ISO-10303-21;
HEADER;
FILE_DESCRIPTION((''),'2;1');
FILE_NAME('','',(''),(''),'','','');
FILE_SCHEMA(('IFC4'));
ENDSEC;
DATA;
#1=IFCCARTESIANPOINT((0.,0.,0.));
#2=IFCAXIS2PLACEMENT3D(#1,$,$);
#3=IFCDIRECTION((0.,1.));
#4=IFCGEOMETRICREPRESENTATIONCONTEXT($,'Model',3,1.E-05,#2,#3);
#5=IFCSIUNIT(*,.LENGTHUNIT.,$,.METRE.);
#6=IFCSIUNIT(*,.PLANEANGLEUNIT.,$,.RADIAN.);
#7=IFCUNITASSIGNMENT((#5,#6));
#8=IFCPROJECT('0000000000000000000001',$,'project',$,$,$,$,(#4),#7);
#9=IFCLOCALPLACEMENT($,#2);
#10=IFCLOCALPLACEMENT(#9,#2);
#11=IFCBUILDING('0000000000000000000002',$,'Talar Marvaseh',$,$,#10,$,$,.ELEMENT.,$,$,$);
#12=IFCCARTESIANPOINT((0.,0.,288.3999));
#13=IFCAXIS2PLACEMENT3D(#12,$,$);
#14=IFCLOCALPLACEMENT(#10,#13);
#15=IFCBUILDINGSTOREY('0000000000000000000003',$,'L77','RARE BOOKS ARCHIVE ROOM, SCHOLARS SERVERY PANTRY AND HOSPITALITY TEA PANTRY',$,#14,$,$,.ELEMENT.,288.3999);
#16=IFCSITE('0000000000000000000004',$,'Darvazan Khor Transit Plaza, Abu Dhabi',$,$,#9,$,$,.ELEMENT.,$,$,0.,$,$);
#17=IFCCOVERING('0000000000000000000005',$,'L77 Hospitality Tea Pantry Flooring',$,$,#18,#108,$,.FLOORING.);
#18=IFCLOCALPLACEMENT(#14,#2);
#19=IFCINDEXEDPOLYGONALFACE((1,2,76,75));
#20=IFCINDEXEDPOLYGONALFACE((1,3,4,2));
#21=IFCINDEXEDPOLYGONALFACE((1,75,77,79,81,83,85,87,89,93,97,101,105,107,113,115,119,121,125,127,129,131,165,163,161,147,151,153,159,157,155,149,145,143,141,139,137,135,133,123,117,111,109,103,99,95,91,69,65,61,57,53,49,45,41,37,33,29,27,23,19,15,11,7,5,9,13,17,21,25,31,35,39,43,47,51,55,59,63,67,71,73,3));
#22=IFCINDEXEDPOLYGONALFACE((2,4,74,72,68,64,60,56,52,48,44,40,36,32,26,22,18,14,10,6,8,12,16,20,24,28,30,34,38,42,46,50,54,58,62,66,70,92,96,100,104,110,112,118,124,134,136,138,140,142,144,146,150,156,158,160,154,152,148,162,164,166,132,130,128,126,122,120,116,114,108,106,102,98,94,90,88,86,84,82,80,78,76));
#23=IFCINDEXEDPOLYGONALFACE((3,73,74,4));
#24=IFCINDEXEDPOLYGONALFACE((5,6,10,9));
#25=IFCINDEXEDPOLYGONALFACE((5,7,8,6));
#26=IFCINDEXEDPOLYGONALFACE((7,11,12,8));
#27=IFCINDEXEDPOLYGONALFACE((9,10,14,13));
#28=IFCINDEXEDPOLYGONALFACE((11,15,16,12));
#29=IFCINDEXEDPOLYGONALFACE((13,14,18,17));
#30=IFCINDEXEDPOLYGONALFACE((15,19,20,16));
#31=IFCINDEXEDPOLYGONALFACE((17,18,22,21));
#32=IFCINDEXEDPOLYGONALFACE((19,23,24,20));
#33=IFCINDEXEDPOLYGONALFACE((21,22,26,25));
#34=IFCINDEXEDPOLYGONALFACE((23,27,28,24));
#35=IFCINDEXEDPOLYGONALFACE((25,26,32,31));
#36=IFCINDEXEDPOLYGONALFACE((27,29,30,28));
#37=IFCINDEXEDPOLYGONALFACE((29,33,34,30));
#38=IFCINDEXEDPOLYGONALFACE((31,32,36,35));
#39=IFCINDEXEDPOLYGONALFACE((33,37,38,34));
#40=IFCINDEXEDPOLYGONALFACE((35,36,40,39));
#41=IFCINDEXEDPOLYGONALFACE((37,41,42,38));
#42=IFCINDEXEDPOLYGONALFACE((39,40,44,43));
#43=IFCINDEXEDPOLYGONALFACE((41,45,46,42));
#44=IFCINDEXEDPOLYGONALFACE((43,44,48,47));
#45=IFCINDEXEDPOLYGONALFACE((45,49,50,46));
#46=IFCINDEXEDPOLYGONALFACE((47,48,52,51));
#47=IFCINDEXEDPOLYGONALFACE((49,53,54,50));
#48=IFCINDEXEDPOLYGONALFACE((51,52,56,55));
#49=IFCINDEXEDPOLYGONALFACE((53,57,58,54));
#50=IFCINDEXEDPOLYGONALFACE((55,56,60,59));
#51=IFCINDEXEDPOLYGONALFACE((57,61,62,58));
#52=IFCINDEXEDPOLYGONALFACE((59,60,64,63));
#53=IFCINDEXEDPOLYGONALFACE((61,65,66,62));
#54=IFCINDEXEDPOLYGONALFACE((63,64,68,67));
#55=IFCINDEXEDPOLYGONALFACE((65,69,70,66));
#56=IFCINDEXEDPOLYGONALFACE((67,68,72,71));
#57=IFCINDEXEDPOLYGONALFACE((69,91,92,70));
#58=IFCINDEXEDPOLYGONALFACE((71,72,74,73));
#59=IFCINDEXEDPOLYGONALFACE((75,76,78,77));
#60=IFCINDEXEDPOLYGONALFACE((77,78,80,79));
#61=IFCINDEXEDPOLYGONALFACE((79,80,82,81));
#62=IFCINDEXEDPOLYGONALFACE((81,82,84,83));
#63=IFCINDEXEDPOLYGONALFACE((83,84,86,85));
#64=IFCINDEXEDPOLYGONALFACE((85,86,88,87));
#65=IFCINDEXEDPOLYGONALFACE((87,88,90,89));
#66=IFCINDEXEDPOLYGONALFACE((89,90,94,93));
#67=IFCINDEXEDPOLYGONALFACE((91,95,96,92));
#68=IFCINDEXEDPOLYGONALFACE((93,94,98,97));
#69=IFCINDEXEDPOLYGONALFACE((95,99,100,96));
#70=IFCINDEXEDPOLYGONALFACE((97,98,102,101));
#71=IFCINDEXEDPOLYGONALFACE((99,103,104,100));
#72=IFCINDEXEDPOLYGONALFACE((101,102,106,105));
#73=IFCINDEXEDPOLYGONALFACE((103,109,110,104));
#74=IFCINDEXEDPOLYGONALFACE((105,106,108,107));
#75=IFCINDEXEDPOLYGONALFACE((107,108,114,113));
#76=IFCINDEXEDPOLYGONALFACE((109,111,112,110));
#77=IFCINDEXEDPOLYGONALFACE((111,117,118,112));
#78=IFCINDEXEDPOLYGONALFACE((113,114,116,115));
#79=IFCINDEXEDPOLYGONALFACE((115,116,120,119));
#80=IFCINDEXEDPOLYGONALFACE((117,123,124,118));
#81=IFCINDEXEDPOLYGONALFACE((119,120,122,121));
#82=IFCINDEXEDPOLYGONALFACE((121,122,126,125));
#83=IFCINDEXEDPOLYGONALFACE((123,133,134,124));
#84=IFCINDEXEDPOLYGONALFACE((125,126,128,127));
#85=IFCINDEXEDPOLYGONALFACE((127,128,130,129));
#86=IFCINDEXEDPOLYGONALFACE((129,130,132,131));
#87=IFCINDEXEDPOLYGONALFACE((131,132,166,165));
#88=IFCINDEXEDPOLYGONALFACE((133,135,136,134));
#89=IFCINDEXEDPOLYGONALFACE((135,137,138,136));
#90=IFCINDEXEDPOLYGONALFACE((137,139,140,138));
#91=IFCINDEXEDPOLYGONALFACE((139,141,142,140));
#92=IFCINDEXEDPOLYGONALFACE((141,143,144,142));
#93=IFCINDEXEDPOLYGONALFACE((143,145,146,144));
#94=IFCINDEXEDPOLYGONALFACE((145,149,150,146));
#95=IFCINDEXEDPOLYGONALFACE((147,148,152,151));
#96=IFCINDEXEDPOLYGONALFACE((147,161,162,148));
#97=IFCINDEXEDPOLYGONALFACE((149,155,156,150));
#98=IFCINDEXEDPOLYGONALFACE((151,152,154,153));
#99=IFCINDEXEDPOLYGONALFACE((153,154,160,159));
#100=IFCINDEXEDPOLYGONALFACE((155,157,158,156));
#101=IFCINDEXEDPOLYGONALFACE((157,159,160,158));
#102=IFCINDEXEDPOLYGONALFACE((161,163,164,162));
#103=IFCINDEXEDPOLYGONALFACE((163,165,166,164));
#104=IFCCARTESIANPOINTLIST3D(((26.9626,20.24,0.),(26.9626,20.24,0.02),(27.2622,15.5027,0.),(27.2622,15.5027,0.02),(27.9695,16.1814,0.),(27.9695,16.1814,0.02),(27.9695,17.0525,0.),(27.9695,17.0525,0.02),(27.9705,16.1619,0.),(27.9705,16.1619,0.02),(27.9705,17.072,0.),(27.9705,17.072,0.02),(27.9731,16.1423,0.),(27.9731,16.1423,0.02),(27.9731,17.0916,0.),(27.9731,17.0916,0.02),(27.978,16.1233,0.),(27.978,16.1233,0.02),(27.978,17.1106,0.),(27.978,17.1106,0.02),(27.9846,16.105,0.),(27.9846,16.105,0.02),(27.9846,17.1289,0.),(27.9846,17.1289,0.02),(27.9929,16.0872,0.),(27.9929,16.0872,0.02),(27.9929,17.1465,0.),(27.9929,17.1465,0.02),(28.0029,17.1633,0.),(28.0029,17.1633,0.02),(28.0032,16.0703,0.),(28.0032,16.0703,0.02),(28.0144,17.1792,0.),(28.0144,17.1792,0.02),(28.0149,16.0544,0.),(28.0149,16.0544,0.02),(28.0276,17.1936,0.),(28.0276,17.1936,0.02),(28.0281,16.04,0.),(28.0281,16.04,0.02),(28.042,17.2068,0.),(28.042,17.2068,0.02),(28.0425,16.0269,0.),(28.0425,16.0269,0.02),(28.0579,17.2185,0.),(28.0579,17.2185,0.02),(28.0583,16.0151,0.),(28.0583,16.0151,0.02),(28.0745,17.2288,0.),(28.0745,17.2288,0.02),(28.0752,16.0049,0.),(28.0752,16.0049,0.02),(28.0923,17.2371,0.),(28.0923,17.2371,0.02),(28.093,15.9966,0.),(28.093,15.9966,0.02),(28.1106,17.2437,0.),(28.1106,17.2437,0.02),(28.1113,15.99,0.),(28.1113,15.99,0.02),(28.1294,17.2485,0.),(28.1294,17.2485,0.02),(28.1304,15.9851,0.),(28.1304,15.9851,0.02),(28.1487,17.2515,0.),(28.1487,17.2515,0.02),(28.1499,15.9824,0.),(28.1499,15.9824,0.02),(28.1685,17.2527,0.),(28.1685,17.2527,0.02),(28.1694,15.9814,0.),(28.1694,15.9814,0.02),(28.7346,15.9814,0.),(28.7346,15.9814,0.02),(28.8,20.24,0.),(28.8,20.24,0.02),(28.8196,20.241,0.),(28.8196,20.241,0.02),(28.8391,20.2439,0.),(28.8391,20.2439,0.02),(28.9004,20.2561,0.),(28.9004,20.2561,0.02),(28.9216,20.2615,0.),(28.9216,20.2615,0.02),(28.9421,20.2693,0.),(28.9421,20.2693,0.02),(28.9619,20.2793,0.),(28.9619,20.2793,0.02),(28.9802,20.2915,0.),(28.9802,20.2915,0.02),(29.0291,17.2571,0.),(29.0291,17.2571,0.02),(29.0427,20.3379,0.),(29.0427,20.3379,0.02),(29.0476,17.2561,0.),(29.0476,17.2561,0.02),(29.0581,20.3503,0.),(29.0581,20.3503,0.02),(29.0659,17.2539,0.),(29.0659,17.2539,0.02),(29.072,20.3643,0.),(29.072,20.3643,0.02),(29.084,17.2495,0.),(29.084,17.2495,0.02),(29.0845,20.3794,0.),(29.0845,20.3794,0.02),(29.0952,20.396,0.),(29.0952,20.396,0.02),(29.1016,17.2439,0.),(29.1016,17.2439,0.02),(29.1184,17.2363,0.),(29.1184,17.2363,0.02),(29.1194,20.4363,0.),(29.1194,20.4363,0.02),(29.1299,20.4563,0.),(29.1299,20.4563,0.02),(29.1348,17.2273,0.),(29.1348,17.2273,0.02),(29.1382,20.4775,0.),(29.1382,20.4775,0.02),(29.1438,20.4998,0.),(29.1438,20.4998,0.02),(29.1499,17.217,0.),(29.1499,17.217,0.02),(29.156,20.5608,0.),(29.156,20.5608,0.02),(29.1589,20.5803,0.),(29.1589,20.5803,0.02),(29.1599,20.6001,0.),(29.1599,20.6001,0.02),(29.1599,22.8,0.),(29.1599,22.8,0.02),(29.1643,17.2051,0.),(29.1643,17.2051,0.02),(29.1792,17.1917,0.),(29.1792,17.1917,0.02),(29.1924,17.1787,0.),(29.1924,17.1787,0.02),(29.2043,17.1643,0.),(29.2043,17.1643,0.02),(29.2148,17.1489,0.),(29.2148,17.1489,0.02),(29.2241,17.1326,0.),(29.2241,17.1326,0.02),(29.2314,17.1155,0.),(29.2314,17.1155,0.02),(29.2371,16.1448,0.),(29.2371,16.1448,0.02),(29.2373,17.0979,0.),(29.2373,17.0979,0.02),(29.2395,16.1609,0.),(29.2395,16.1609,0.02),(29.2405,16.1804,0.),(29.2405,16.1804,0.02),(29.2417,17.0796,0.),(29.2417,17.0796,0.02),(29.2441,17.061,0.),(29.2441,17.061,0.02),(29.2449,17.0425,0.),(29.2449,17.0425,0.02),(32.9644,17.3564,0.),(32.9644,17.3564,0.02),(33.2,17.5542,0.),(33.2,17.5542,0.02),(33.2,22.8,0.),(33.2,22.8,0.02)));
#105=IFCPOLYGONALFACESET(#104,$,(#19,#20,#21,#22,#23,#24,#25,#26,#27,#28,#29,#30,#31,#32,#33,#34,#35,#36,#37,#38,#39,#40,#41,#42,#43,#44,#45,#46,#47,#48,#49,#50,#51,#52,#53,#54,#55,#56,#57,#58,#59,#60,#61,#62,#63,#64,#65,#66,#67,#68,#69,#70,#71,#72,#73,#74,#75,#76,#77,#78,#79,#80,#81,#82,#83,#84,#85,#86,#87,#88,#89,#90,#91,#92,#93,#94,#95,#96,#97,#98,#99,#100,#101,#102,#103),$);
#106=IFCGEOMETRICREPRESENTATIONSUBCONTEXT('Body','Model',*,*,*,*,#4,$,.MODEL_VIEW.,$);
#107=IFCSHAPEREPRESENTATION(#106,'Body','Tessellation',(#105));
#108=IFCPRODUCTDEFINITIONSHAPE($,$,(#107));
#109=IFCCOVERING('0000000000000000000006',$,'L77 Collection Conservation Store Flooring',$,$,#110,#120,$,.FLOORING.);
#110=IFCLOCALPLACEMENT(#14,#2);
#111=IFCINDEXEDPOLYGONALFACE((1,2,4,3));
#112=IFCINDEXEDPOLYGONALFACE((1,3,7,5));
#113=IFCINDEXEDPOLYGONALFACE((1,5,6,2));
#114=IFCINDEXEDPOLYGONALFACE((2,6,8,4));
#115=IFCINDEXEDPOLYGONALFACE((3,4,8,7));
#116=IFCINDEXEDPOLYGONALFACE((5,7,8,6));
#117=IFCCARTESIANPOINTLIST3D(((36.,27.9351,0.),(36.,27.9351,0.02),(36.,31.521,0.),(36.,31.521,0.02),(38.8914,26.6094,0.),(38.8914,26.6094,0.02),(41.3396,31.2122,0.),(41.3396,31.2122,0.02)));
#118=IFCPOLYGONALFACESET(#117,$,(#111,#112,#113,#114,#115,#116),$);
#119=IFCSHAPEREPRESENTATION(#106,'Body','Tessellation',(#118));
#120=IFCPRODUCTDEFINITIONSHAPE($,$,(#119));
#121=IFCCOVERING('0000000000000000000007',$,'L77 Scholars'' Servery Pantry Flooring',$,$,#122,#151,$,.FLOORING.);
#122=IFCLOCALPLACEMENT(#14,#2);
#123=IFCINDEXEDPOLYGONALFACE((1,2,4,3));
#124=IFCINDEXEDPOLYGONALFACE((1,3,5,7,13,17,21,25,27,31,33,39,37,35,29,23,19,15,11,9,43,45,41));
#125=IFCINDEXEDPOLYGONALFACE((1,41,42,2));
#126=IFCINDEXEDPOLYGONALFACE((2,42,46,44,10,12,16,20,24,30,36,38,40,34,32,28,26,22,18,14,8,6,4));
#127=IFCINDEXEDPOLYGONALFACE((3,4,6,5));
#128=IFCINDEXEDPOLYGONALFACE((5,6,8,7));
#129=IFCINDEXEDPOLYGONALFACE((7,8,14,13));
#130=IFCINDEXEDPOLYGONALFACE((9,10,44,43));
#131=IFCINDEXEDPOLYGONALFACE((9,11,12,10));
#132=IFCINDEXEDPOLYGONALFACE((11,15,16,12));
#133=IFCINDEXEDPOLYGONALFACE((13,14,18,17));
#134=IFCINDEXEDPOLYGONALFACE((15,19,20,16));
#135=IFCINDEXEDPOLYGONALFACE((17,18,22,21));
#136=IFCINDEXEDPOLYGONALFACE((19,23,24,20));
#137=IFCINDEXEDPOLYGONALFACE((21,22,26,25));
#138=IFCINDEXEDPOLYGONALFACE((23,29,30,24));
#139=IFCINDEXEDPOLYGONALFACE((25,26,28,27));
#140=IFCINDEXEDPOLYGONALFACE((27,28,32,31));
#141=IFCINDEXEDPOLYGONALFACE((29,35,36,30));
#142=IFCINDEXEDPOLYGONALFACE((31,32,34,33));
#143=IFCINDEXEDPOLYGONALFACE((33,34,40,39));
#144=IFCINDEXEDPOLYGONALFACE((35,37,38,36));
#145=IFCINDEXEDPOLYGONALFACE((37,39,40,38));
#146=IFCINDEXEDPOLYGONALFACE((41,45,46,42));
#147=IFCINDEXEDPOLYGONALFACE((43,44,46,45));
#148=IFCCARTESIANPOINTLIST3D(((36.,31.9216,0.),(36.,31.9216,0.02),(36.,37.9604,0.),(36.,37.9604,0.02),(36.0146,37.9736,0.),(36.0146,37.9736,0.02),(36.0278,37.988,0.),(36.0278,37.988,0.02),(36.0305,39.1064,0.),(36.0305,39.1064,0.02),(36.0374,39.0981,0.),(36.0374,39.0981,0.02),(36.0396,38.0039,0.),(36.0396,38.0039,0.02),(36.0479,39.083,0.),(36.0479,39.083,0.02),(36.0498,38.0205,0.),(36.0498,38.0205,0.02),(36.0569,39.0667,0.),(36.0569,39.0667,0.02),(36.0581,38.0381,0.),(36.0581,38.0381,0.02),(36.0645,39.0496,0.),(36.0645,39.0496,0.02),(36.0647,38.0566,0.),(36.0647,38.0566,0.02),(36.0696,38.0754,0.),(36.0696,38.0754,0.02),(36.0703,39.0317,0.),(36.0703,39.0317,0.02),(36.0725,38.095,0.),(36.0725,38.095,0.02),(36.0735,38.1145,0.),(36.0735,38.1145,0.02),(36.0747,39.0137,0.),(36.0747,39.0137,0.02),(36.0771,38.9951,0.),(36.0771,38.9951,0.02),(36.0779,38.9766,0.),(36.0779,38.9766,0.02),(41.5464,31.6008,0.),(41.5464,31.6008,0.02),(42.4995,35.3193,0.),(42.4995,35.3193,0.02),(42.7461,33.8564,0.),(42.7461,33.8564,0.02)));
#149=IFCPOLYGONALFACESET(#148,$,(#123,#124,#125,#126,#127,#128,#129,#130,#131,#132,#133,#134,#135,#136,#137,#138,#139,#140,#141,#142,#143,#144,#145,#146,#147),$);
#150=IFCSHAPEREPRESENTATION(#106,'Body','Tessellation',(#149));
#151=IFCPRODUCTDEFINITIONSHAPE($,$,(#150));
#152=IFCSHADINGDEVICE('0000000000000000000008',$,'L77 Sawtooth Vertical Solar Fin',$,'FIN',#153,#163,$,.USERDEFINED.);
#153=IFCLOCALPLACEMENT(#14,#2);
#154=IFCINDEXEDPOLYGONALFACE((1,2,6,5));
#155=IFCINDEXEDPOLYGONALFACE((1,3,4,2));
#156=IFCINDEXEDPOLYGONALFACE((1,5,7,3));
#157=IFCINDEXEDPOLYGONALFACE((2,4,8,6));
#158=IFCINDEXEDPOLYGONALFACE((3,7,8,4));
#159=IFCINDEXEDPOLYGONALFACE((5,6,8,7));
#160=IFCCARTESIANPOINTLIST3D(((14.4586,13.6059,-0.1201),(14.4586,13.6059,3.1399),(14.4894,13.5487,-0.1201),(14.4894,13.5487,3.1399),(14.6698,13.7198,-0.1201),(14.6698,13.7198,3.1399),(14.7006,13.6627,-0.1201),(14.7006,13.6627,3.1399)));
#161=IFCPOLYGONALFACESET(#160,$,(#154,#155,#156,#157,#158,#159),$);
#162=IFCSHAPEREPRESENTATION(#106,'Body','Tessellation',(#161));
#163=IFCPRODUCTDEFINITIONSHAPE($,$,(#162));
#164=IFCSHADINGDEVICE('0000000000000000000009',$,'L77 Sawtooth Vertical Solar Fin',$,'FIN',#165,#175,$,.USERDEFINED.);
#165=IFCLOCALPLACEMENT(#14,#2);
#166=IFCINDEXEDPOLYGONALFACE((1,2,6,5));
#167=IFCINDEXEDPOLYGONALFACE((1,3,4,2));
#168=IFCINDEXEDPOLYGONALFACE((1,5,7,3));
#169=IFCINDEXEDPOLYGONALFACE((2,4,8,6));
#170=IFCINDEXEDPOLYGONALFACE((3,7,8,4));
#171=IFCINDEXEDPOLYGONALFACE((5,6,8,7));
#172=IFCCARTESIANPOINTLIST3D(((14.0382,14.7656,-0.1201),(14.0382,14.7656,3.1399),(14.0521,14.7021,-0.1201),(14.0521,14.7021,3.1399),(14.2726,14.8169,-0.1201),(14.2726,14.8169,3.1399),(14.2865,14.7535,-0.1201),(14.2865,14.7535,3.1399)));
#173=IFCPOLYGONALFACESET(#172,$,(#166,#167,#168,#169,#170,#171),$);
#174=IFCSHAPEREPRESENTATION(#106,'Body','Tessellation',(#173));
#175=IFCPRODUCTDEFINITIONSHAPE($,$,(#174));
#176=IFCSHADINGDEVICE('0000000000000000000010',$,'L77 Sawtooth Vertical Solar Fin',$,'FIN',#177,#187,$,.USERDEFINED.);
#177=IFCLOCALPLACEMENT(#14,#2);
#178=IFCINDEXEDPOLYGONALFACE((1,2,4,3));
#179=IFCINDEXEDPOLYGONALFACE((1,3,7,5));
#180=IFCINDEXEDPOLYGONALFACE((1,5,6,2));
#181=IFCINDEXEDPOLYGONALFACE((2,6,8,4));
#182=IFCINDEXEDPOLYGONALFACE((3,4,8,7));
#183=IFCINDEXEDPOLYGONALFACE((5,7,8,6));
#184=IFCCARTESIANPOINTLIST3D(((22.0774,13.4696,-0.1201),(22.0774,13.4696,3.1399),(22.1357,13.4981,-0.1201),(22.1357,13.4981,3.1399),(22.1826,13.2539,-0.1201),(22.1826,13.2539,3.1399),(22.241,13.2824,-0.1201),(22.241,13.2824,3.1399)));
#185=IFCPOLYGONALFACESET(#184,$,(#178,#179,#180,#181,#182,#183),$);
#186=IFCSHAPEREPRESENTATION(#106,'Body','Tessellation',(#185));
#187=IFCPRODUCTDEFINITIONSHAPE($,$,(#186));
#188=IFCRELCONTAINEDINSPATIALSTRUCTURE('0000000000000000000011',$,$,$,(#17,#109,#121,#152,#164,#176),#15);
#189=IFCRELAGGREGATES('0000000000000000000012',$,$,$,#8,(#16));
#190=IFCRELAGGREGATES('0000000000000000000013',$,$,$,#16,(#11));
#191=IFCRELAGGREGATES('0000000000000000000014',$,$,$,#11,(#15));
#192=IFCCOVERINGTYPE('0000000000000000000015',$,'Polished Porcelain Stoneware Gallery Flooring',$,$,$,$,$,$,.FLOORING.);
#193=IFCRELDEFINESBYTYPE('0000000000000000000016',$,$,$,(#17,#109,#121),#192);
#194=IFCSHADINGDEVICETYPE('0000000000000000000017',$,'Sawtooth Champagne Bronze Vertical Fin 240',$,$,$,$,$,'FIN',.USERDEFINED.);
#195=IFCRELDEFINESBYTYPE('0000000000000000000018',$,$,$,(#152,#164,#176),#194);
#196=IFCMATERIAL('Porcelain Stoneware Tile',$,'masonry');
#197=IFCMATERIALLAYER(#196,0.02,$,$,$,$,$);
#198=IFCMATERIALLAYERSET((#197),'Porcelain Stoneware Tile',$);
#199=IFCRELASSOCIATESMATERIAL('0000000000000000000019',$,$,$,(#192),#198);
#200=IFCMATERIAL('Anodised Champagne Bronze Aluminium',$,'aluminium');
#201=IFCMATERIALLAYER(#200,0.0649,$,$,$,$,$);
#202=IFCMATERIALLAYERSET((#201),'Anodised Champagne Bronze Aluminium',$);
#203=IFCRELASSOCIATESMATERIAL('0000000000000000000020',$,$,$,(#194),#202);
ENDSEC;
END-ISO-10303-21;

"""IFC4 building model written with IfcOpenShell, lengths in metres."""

from ifc_helpers import new_model, si_unit, direction, frame, origin, origin_2d, place, context, subcontext, project, spatial, polyline, rectangle, outline, extrude, source, transform, mapped, material, layer, layer_set, type_object, type_shapes, element, save


model = new_model("IFC4")

# Units and contexts
model_context = context("Model", 3, precision=1e-05, world=origin(), true_north=direction((0.0, 1.0)))
body_context = subcontext(model_context, "Body", "Model", "MODEL_VIEW")
ifc_project = project(units=[si_unit("LENGTHUNIT", "METRE"), si_unit("PLANEANGLEUNIT", "RADIAN")], contexts=[model_context])

# Site, building, storey
site_placement = place(None, origin())
site = spatial("IfcSite", under=ifc_project, at=site_placement, Name="Darvazan Khor Transit Plaza, Abu Dhabi", CompositionType="ELEMENT", RefElevation=0.0)
building_placement = place(site_placement, origin())
building = spatial("IfcBuilding", under=site, at=building_placement, Name="Talar Marvaseh", CompositionType="ELEMENT")
storey_placement = place(building_placement, frame((0.0, 0.0, 288.3999)))
storey = spatial("IfcBuildingStorey", under=building, at=storey_placement, Name="L77", Description="RARE BOOKS ARCHIVE ROOM, SCHOLARS SERVERY PANTRY AND HOSPITALITY TEA PANTRY", CompositionType="ELEMENT", Elevation=288.3999)

# Coverings
ifc_material_1 = material(Name="Porcelain Stoneware Tile", Category="masonry")
ifc_layer_1 = layer(ifc_material_1, 0.02)
ifc_layer_set_1 = layer_set([ifc_layer_1], Name="Porcelain Stoneware Tile")
covering_type_1 = type_object("IfcCoveringType", Name="Polished Porcelain Stoneware Gallery Flooring", PredefinedType="FLOORING", material=ifc_layer_set_1)
covering_1_placement = place(storey_placement, origin())
element("IfcCovering", 1, at=covering_1_placement, inside=storey, type_object=covering_type_1, Name="L77 Hospitality Tea Pantry Flooring", PredefinedType="FLOORING", context=body_context, shape_type="SweptSolid", body=[
    extrude(outline(polyline([(26.9626, 20.24), (28.8, 20.24), (28.8196, 20.241), (28.8391, 20.2439), (28.9004, 20.2561), (28.9216, 20.2615), (28.9421, 20.2693), (28.9619, 20.2793), (28.9802, 20.2915), (29.0427, 20.3379), (29.0581, 20.3503), (29.072, 20.3643), (29.0845, 20.3794), (29.0952, 20.396), (29.1194, 20.4363), (29.1299, 20.4563), (29.1382, 20.4775), (29.1438, 20.4998), (29.156, 20.5608), (29.1589, 20.5803), (29.1599, 20.6001), (29.1599, 22.8), (33.2, 22.8), (33.2, 17.5542), (32.9644, 17.3564), (29.2371, 16.1448), (29.2395, 16.1609), (29.2405, 16.1804), (29.2449, 17.0425), (29.2441, 17.061), (29.2417, 17.0796), (29.2373, 17.0979), (29.2314, 17.1155), (29.2241, 17.1326), (29.2148, 17.1489), (29.2043, 17.1643), (29.1924, 17.1787), (29.1792, 17.1917), (29.1643, 17.2051), (29.1499, 17.217), (29.1348, 17.2273), (29.1184, 17.2363), (29.1016, 17.2439), (29.084, 17.2495), (29.0659, 17.2539), (29.0476, 17.2561), (29.0291, 17.2571), (28.1685, 17.2527), (28.1487, 17.2515), (28.1294, 17.2485), (28.1106, 17.2437), (28.0923, 17.2371), (28.0745, 17.2288), (28.0579, 17.2185), (28.042, 17.2068), (28.0276, 17.1936), (28.0144, 17.1792), (28.0029, 17.1633), (27.9929, 17.1465), (27.9846, 17.1289), (27.978, 17.1106), (27.9731, 17.0916), (27.9705, 17.072), (27.9695, 17.0525), (27.9695, 16.1814), (27.9705, 16.1619), (27.9731, 16.1423), (27.978, 16.1233), (27.9846, 16.105), (27.9929, 16.0872), (28.0032, 16.0703), (28.0149, 16.0544), (28.0281, 16.04), (28.0425, 16.0269), (28.0583, 16.0151), (28.0752, 16.0049), (28.093, 15.9966), (28.1113, 15.99), (28.1304, 15.9851), (28.1499, 15.9824), (28.1694, 15.9814), (28.7346, 15.9814), (27.2622, 15.5027), (26.9626, 20.24)])), origin(), (0.0, 0.0, 1.0), 0.02),
])
covering_2_placement = place(storey_placement, origin())
element("IfcCovering", 2, at=covering_2_placement, inside=storey, type_object=covering_type_1, Name="L77 Collection Conservation Store Flooring", PredefinedType="FLOORING", context=body_context, shape_type="SweptSolid", body=[
    extrude(outline(polyline([(38.8914, 26.6094), (36.0, 27.9351), (36.0, 31.521), (41.3396, 31.2122), (38.8914, 26.6094)])), origin(), (0.0, 0.0, 1.0), 0.02),
])
covering_3_placement = place(storey_placement, origin())
element("IfcCovering", 3, at=covering_3_placement, inside=storey, type_object=covering_type_1, Name="L77 Scholars' Servery Pantry Flooring", PredefinedType="FLOORING", context=body_context, shape_type="SweptSolid", body=[
    extrude(outline(polyline([(36.0146, 37.9736), (36.0278, 37.988), (36.0396, 38.0039), (36.0498, 38.0205), (36.0581, 38.0381), (36.0647, 38.0566), (36.0696, 38.0754), (36.0725, 38.095), (36.0735, 38.1145), (36.0779, 38.9766), (36.0771, 38.9951), (36.0747, 39.0137), (36.0703, 39.0317), (36.0645, 39.0496), (36.0569, 39.0667), (36.0479, 39.083), (36.0374, 39.0981), (36.0305, 39.1064), (42.4995, 35.3193), (42.7461, 33.8564), (41.5464, 31.6008), (36.0, 31.9216), (36.0, 37.9604), (36.0, 37.9604), (36.0146, 37.9736)])), origin(), (0.0, 0.0, 1.0), 0.02),
])

# Shading devices
ifc_material_2 = material(Name="Anodised Champagne Bronze Aluminium", Category="aluminium")
ifc_layer_2 = layer(ifc_material_2, 0.0649)
ifc_layer_set_2 = layer_set([ifc_layer_2], Name="Anodised Champagne Bronze Aluminium")
shading_device_type_1 = type_object("IfcShadingDeviceType", Name="Sawtooth Champagne Bronze Vertical Fin 240", ElementType="FIN", PredefinedType="USERDEFINED", material=ifc_layer_set_2)
shared_shape_1 = source(origin(), body_context, "Body", "SweptSolid", [
    extrude(rectangle(XDim=0.24, YDim=0.0649, at=origin_2d()), origin(), (0.0, 0.0, 1.0), 3.26),
])
type_shapes(shading_device_type_1, [shared_shape_1])
for number, where, z_axis, x_axis, name in (
    (4, (14.5796, 13.6343, -0.1201), (0.0, 0.0, 1.0), (-0.880063, -0.474856, 0.0), "L77 Sawtooth Vertical Solar Fin"),
    (5, (14.1624, 14.7595, -0.1201), (0.0, 0.0, 1.0), (-0.976859, -0.213883, 0.0), "L77 Sawtooth Vertical Solar Fin"),
    (6, (22.1592, 13.376, -0.1201), (0.0, 0.0, 1.0), (0.438528, -0.898718, 0.0), "L77 Sawtooth Vertical Solar Fin"),
):
    element("IfcShadingDevice", number, at=place(storey_placement, frame(where, z_axis=z_axis, x_axis=x_axis)), inside=storey, type_object=shading_device_type_1, Name=name, ObjectType="FIN", PredefinedType="USERDEFINED", context=body_context, shape_type="MappedRepresentation", body=[
        mapped(shared_shape_1, transform((0.0, 0.0, 0.0), x_axis=(1.0, 0.0, 0.0), y_axis=(0.0, 1.0, 0.0), z_axis=(0.0, 0.0, 1.0), scale=1.0)),
    ])

save(model, "model.ifc")
